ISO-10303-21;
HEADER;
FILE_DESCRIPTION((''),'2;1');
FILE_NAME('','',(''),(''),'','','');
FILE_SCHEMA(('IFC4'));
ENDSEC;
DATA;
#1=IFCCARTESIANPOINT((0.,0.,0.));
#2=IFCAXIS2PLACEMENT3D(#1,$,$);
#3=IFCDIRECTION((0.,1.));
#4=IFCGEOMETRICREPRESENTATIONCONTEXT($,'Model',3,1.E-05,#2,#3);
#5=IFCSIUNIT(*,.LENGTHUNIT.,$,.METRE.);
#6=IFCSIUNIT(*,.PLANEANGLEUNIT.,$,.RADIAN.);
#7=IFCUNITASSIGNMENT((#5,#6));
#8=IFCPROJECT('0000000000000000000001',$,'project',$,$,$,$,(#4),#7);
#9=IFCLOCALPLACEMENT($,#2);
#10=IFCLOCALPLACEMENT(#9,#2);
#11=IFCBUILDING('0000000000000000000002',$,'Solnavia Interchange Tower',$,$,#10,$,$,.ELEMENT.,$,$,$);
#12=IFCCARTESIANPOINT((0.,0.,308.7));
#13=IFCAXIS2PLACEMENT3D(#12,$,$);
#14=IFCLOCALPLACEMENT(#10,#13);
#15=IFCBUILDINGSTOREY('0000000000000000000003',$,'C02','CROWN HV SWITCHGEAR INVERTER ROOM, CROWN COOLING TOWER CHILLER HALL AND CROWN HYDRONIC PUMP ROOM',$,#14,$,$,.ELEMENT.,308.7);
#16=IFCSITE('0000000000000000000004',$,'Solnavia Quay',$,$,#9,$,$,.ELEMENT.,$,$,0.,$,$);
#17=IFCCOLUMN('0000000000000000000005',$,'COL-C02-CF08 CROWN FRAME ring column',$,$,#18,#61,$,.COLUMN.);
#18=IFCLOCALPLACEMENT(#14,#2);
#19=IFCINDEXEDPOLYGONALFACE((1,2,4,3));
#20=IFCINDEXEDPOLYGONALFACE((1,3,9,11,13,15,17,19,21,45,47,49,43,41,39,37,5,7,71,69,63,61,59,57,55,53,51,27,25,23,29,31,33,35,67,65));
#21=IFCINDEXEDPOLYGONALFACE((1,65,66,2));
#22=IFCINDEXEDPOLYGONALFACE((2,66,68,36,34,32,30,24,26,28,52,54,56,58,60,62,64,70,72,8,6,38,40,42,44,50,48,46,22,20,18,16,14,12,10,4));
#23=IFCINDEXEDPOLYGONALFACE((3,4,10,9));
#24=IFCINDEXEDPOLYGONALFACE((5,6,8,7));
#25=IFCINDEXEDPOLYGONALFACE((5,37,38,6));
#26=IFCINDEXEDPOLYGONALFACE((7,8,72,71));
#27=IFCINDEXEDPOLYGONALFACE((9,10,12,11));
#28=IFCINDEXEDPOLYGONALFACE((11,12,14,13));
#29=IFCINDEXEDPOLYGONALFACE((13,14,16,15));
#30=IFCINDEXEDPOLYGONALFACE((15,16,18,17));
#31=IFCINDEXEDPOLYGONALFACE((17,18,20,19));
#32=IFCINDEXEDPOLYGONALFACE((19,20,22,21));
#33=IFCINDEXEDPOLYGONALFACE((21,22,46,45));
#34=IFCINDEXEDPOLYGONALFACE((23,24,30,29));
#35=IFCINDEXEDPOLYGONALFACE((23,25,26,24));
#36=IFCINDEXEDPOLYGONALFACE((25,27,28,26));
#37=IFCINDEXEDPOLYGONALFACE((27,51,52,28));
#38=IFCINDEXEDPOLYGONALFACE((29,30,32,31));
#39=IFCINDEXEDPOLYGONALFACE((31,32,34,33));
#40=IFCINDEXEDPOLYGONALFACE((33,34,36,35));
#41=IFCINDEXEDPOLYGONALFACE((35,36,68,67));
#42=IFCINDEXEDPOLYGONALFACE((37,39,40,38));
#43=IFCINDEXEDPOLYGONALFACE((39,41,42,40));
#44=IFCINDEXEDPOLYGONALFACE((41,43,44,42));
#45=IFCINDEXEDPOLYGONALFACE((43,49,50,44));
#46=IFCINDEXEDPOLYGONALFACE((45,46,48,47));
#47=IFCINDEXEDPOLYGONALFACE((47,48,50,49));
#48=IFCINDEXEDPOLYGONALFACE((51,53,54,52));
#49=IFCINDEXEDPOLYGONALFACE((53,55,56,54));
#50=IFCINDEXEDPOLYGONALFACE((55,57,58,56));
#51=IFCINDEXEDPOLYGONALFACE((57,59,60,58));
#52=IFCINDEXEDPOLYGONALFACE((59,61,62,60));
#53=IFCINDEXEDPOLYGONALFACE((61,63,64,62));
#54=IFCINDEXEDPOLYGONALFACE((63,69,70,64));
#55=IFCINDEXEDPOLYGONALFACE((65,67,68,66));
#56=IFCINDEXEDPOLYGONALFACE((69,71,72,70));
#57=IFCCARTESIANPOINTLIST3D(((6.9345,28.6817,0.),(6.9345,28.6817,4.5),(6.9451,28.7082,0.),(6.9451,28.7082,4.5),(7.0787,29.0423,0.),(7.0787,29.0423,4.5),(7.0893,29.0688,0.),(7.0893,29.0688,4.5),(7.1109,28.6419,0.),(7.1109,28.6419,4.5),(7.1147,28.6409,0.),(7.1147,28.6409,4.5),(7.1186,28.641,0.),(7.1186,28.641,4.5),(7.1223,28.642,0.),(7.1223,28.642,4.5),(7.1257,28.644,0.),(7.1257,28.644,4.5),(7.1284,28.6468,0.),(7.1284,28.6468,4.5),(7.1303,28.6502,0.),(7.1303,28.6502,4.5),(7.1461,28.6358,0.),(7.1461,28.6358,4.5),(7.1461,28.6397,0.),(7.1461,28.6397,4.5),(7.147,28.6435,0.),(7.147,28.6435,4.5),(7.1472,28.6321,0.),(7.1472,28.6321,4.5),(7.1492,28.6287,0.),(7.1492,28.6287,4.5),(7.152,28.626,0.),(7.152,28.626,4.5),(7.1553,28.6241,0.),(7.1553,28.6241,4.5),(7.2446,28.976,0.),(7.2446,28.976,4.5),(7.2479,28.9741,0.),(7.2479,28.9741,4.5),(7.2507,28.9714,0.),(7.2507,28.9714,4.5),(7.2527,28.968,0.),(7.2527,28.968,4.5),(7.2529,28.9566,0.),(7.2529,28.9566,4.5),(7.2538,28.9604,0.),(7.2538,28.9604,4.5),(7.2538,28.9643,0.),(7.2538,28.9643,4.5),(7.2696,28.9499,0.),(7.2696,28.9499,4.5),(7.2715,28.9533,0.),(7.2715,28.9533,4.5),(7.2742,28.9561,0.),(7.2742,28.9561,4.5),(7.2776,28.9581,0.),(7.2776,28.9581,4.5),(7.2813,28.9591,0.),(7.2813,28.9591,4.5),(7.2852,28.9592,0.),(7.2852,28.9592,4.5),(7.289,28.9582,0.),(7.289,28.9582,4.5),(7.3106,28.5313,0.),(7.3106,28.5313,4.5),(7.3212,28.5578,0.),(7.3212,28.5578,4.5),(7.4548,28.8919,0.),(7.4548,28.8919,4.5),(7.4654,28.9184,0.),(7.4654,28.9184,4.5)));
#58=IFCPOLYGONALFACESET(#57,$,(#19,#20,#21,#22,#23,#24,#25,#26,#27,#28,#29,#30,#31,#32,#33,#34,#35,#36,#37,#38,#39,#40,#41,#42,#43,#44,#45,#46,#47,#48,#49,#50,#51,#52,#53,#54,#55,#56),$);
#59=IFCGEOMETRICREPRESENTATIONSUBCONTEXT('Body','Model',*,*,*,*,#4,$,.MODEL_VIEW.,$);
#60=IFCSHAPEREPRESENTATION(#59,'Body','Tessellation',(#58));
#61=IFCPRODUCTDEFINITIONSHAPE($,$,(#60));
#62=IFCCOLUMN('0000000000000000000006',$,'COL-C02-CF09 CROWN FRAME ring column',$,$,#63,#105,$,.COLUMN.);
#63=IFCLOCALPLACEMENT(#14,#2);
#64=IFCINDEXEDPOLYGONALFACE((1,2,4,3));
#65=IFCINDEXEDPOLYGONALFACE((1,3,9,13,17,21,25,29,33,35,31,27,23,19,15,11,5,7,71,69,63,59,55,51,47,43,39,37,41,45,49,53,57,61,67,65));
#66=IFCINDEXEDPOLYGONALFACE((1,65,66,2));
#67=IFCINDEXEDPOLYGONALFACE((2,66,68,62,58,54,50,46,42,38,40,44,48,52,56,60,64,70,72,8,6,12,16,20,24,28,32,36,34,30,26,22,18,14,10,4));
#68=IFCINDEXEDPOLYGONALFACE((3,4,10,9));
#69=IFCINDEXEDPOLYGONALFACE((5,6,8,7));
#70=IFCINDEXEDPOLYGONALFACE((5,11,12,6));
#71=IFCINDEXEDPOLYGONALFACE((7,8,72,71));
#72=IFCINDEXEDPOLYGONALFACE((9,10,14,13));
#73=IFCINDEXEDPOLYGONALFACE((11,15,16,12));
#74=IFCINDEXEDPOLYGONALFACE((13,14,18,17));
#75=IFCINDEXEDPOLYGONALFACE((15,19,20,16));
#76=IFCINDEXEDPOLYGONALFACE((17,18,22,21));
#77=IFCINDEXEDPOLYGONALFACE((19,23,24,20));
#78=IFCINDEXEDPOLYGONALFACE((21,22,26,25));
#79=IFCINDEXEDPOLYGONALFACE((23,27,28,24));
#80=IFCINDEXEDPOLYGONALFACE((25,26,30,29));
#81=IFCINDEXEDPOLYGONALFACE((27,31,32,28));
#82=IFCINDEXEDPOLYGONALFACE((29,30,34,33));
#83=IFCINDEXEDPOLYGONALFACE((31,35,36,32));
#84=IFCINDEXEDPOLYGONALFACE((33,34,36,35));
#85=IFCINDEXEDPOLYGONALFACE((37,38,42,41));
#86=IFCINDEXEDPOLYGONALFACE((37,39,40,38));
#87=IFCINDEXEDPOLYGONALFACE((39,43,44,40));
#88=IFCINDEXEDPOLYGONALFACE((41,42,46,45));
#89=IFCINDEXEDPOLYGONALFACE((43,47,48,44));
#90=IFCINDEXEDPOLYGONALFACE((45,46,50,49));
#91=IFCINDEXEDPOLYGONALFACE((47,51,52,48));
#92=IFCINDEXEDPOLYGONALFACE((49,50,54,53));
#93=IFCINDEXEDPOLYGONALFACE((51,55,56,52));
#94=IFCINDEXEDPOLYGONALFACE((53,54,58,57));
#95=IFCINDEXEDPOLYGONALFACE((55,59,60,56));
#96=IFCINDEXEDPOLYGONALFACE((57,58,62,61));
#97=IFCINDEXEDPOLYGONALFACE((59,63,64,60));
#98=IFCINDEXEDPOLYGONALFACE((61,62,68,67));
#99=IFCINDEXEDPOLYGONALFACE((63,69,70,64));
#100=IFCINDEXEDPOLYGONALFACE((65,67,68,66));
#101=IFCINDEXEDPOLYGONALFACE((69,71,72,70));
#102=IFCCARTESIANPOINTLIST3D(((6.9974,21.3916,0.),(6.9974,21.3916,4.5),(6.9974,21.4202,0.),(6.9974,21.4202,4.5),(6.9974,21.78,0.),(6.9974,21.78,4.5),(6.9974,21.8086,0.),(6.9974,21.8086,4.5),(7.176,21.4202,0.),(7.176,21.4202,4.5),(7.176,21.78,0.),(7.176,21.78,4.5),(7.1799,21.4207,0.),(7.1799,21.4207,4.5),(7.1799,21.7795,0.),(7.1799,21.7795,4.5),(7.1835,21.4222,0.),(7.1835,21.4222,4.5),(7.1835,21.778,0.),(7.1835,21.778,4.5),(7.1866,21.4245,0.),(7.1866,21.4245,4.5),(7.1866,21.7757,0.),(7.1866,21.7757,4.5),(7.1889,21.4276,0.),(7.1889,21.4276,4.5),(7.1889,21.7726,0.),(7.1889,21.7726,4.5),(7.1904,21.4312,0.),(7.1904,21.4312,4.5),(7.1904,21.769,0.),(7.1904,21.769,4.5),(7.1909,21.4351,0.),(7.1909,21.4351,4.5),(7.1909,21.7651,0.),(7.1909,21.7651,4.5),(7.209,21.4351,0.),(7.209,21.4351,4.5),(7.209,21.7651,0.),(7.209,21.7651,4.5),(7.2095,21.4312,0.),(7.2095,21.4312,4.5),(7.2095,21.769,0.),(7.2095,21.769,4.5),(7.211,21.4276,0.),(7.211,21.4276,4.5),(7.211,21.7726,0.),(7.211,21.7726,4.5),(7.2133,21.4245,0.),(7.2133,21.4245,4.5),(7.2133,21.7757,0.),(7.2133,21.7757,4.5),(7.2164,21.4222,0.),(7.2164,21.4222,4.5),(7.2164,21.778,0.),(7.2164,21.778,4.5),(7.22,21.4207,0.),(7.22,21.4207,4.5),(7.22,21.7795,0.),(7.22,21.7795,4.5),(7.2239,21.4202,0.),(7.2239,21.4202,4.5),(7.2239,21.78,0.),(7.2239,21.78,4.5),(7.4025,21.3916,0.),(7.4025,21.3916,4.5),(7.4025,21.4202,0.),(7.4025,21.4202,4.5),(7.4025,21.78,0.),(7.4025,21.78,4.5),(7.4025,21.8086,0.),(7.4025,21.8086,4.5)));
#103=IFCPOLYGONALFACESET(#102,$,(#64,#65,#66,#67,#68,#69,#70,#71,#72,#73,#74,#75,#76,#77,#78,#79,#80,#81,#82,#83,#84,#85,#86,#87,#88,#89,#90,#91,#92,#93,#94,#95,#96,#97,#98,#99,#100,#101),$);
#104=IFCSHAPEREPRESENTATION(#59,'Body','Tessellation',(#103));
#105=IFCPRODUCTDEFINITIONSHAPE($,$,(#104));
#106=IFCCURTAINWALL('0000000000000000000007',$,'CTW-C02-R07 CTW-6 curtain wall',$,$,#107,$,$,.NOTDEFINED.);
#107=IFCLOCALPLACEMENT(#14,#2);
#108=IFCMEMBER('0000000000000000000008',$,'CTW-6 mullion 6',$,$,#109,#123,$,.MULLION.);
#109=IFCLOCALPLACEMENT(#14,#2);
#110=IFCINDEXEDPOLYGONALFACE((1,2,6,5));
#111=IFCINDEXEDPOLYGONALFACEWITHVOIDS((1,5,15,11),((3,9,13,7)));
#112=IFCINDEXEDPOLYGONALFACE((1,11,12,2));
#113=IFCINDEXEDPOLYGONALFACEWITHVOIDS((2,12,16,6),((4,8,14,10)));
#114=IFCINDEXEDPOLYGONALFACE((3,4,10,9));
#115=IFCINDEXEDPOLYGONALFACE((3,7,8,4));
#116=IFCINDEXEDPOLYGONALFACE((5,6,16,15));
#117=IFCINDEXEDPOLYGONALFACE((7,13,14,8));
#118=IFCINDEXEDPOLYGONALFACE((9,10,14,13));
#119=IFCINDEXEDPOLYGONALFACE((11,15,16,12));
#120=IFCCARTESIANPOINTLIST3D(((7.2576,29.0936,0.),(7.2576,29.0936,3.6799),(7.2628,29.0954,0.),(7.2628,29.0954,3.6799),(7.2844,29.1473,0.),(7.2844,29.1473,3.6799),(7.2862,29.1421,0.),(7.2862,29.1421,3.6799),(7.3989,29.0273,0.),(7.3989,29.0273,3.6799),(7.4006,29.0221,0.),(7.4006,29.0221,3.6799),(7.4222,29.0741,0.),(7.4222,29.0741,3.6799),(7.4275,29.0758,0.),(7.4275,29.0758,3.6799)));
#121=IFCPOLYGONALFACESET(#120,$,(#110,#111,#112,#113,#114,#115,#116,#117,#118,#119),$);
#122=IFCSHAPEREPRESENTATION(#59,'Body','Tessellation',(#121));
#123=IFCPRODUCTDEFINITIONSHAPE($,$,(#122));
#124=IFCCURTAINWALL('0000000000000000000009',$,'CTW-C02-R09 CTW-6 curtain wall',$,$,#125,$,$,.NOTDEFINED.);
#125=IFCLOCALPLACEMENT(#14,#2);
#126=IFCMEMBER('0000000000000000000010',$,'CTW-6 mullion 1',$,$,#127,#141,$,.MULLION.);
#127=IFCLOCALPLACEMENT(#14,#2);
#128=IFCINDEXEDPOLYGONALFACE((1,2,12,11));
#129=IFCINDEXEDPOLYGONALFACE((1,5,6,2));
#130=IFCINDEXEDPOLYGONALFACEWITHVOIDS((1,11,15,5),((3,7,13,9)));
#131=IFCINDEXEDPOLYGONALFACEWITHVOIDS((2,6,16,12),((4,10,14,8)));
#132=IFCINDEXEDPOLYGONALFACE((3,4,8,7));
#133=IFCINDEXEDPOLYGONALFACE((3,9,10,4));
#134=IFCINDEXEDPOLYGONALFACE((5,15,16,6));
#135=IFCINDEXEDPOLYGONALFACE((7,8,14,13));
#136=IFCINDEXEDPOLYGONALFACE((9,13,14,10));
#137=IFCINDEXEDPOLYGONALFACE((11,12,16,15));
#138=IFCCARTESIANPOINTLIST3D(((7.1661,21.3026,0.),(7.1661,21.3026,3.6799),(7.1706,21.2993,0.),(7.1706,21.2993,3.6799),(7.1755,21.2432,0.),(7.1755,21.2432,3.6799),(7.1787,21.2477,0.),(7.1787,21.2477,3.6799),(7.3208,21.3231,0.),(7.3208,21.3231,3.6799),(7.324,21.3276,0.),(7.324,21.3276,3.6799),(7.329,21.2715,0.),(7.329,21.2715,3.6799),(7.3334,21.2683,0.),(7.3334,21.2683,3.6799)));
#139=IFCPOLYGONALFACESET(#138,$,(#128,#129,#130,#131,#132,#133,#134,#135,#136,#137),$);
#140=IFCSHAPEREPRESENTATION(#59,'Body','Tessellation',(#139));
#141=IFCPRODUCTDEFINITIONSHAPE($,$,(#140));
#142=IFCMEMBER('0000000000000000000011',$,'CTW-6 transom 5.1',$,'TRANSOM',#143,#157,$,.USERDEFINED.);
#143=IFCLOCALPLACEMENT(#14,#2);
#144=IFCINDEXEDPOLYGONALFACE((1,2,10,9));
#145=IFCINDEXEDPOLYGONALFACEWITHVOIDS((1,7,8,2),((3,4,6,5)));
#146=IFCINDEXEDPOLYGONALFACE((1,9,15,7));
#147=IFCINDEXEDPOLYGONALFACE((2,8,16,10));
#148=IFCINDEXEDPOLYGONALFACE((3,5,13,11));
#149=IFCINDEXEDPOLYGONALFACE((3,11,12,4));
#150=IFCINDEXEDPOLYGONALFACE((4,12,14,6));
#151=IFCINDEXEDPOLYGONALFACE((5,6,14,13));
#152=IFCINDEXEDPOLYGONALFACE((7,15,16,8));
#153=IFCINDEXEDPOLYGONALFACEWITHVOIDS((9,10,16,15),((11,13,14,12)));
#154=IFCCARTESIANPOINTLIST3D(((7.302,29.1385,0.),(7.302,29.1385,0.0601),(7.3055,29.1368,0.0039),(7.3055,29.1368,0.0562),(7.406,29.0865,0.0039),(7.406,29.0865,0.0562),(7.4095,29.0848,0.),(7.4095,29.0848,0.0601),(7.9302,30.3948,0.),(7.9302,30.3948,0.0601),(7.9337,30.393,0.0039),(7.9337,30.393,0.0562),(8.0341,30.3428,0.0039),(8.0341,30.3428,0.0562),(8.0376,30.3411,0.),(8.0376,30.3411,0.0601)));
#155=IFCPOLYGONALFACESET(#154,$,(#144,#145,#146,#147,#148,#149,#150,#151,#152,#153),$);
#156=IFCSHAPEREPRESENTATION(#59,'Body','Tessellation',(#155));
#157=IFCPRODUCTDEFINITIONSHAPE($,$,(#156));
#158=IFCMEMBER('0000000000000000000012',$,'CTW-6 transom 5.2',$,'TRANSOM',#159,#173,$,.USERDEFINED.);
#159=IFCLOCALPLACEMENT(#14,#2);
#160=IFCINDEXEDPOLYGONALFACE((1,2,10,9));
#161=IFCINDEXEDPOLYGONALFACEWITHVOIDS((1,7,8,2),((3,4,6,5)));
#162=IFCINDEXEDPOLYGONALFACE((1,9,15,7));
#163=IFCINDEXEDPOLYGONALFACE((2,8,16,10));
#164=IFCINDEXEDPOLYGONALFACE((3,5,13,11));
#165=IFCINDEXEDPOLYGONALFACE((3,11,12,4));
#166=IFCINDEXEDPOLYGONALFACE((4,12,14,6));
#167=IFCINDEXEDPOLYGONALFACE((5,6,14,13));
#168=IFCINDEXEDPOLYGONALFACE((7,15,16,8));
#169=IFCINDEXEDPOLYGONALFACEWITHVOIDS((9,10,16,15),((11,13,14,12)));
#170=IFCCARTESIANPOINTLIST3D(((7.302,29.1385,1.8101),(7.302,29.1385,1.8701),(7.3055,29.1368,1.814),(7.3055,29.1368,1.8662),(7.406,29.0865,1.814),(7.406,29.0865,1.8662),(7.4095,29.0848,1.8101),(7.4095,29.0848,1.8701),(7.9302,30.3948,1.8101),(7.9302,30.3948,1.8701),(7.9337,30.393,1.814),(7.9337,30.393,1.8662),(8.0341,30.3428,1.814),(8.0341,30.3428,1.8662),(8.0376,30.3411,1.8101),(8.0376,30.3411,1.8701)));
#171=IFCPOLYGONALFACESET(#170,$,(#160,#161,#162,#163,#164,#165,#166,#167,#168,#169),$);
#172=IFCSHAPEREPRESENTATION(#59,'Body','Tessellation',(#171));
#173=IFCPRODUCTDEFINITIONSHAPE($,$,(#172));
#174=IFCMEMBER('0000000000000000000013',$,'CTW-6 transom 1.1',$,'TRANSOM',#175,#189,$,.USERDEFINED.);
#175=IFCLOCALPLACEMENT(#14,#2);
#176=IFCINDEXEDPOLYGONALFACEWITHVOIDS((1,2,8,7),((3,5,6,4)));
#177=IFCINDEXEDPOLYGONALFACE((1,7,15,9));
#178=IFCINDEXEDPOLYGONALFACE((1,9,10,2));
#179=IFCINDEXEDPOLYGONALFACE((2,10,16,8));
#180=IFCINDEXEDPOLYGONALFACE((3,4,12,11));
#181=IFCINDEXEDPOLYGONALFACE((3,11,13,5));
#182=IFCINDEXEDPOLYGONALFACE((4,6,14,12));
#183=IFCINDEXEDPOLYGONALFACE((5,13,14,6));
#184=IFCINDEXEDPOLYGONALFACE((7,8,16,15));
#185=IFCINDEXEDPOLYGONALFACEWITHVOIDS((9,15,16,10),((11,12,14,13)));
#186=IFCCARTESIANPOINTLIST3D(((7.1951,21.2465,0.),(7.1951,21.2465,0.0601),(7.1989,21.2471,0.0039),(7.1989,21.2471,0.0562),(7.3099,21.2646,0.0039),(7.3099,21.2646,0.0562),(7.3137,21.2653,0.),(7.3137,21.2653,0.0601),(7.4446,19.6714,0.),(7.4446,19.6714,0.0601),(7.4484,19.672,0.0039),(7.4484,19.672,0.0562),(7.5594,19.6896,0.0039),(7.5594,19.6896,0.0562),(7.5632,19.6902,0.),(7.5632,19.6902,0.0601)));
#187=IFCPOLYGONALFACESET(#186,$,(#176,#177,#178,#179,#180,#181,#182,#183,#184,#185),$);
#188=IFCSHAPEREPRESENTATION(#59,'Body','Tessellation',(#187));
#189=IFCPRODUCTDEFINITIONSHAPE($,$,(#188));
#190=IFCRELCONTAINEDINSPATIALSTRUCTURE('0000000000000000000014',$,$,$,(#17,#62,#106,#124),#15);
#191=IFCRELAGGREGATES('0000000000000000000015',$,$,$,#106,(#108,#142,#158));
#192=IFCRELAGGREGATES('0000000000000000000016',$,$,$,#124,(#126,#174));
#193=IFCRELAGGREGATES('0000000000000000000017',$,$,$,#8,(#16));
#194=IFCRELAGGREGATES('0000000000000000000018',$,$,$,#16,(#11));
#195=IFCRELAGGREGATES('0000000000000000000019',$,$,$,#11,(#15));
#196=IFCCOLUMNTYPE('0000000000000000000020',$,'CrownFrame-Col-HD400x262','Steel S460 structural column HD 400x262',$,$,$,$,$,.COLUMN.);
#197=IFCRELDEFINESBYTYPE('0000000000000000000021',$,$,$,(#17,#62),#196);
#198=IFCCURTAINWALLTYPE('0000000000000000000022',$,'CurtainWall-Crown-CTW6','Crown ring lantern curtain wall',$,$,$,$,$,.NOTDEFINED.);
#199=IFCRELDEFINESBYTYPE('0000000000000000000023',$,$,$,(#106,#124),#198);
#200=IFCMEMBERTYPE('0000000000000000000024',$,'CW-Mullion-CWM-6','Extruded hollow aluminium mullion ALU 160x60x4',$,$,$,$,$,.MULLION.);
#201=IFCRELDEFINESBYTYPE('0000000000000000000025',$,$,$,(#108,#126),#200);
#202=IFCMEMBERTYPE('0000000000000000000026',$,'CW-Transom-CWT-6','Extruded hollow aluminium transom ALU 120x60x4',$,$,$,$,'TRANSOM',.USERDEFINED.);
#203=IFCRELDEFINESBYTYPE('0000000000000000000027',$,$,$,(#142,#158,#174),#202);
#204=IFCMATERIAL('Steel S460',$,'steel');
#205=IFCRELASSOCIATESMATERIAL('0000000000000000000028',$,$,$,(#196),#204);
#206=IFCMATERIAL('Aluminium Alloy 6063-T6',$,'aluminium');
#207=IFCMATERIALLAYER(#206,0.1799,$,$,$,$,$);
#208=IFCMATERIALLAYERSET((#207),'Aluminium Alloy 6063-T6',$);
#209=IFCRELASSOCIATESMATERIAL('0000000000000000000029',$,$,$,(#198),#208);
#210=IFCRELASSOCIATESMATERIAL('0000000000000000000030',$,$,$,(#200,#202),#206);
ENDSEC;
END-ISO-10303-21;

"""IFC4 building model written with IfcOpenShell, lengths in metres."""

from ifc_helpers import new_model, si_unit, direction, frame, origin, origin_2d, place, context, subcontext, project, spatial, hollow_rectangle, i_section, extrude, material, layer, layer_set, material_profile, profile_set, type_object, element, aggregate, save


model = new_model("IFC4")

# Units and contexts
model_context = context("Model", 3, precision=1e-05, world=origin(), true_north=direction((0.0, 1.0)))
body_context = subcontext(model_context, "Body", "Model", "MODEL_VIEW")
ifc_project = project(units=[si_unit("LENGTHUNIT", "METRE"), si_unit("PLANEANGLEUNIT", "RADIAN")], contexts=[model_context])

# Site, building, storey
site_placement = place(None, origin())
site = spatial("IfcSite", under=ifc_project, at=site_placement, Name="Solnavia Quay", CompositionType="ELEMENT", RefElevation=0.0)
building_placement = place(site_placement, origin())
building = spatial("IfcBuilding", under=site, at=building_placement, Name="Solnavia Interchange Tower", CompositionType="ELEMENT")
storey_placement = place(building_placement, frame((0.0, 0.0, 308.7)))
storey = spatial("IfcBuildingStorey", under=building, at=storey_placement, Name="C02", Description="CROWN HV SWITCHGEAR INVERTER ROOM, CROWN COOLING TOWER CHILLER HALL AND CROWN HYDRONIC PUMP ROOM", CompositionType="ELEMENT", Elevation=308.7)

# Columns
ifc_material_1 = material(Name="Steel S460", Category="steel")
ifc_material_profile_1 = material_profile(ifc_material_1, i_section(OverallWidth=0.405, OverallDepth=0.417, WebThickness=0.0181, FlangeThickness=0.0286, FilletRadius=0.0149, at=origin_2d()), Name="HD 400x262")
ifc_profile_set_1 = profile_set([ifc_material_profile_1], Name="Steel S460")
column_type = type_object("IfcColumnType", Name="CrownFrame-Col-HD400x262", Description="Steel S460 structural column HD 400x262", PredefinedType="COLUMN", material=ifc_profile_set_1)
for number, where, z_axis, x_axis, name in (
    (1, (7.2, 28.8, 0.0), (0.0, 0.0, 1.0), (-0.928486, 0.371368, 0.0), "COL-C02-CF08 CROWN FRAME ring column"),
    (2, (7.2, 21.6001, 0.0), (0.0, 0.0, 1.0), (-1.0, 0.0, 0.0), "COL-C02-CF09 CROWN FRAME ring column"),
):
    element("IfcColumn", number, at=place(storey_placement, frame(where, z_axis=z_axis, x_axis=x_axis)), inside=storey, type_object=column_type, Name=name, PredefinedType="COLUMN", context=body_context, shape_type="SweptSolid", body=[
        extrude(i_section(OverallWidth=0.405, OverallDepth=0.417, WebThickness=0.0181, FlangeThickness=0.0286, FilletRadius=0.0149, at=origin_2d()), origin(), (0.0, 0.0, 1.0), 4.5),
    ])

# Curtain walls, members
ifc_material_2 = material(Name="Aluminium Alloy 6063-T6", Category="aluminium")
ifc_layer_1 = layer(ifc_material_2, 0.1799)
ifc_layer_set_1 = layer_set([ifc_layer_1], Name="Aluminium Alloy 6063-T6")
curtain_wall_type = type_object("IfcCurtainWallType", Name="CurtainWall-Crown-CTW6", Description="Crown ring lantern curtain wall", PredefinedType="NOTDEFINED", material=ifc_layer_set_1)
curtain_wall_1_placement = place(storey_placement, origin())
curtain_wall_1 = element("IfcCurtainWall", 3, at=curtain_wall_1_placement, inside=storey, type_object=curtain_wall_type, Name="CTW-C02-R07 CTW-6 curtain wall", PredefinedType="NOTDEFINED")
ifc_material_profile_2 = material_profile(ifc_material_2, hollow_rectangle(XDim=0.0601, YDim=0.1599, WallThickness=0.0039, at=origin_2d()), Name="ALU 160x60x4")
ifc_profile_set_2 = profile_set([ifc_material_profile_2], Name="Aluminium Alloy 6063-T6")
member_type_1 = type_object("IfcMemberType", Name="CW-Mullion-CWM-6", Description="Extruded hollow aluminium mullion ALU 160x60x4", PredefinedType="MULLION", material=ifc_profile_set_2)
member_1_placement = place(storey_placement, frame((7.3425, 29.0847, 0.0), z_axis=(0.0, 0.0, 1.0), x_axis=(-0.447214, -0.894427, 0.0)))
member_1 = element("IfcMember", 4, at=member_1_placement, type_object=member_type_1, Name="CTW-6 mullion 6", PredefinedType="MULLION", context=body_context, shape_type="SweptSolid", body=[
    extrude(hollow_rectangle(XDim=0.0601, YDim=0.1599, WallThickness=0.0039, at=origin_2d()), origin(), (0.0, 0.0, 1.0), 3.6799),
])
curtain_wall_2_placement = place(storey_placement, origin())
curtain_wall_2 = element("IfcCurtainWall", 5, at=curtain_wall_2_placement, inside=storey, type_object=curtain_wall_type, Name="CTW-C02-R09 CTW-6 curtain wall", PredefinedType="NOTDEFINED")
member_2_placement = place(storey_placement, frame((7.2498, 21.2854, 0.0), z_axis=(0.0, 0.0, 1.0), x_axis=(0.156456, -0.987685, 0.0)))
member_2 = element("IfcMember", 6, at=member_2_placement, type_object=member_type_1, Name="CTW-6 mullion 1", PredefinedType="MULLION", context=body_context, shape_type="SweptSolid", body=[
    extrude(hollow_rectangle(XDim=0.0601, YDim=0.1599, WallThickness=0.0039, at=origin_2d()), origin(), (0.0, 0.0, 1.0), 3.6799),
])

# Members
ifc_material_profile_3 = material_profile(ifc_material_2, hollow_rectangle(XDim=0.0601, YDim=0.1201, WallThickness=0.0039, at=origin_2d()), Name="ALU 120x60x4")
ifc_profile_set_3 = profile_set([ifc_material_profile_3], Name="Aluminium Alloy 6063-T6")
member_type_2 = type_object("IfcMemberType", Name="CW-Transom-CWT-6", Description="Extruded hollow aluminium transom ALU 120x60x4", ElementType="TRANSOM", PredefinedType="USERDEFINED", material=ifc_profile_set_3)
member_3_placement = place(storey_placement, frame((7.9839, 30.3679, 0.03), z_axis=(-0.447214, -0.894427, 0.0), x_axis=(0.0, 0.0, 1.0)))
member_3 = element("IfcMember", 7, at=member_3_placement, type_object=member_type_2, Name="CTW-6 transom 5.1", ObjectType="TRANSOM", PredefinedType="USERDEFINED", context=body_context, shape_type="SweptSolid", body=[
    extrude(hollow_rectangle(XDim=0.0601, YDim=0.1201, WallThickness=0.0039, at=origin_2d()), origin(), (0.0, 0.0, 1.0), 1.4045),
])
member_4_placement = place(storey_placement, frame((7.9839, 30.3679, 1.8401), z_axis=(-0.447214, -0.894427, 0.0), x_axis=(0.0, 0.0, 1.0)))
member_4 = element("IfcMember", 8, at=member_4_placement, type_object=member_type_2, Name="CTW-6 transom 5.2", ObjectType="TRANSOM", PredefinedType="USERDEFINED", context=body_context, shape_type="SweptSolid", body=[
    extrude(hollow_rectangle(XDim=0.0601, YDim=0.1201, WallThickness=0.0039, at=origin_2d()), origin(), (0.0, 0.0, 1.0), 1.4045),
])
member_5_placement = place(storey_placement, frame((7.2544, 21.2559, 0.03), z_axis=(0.15645, -0.987686, 0.0), x_axis=(0.0, 0.0, 1.0)))
member_5 = element("IfcMember", 9, at=member_5_placement, type_object=member_type_2, Name="CTW-6 transom 1.1", ObjectType="TRANSOM", PredefinedType="USERDEFINED", context=body_context, shape_type="SweptSolid", body=[
    extrude(hollow_rectangle(XDim=0.0601, YDim=0.1201, WallThickness=0.0039, at=origin_2d()), origin(), (0.0, 0.0, 1.0), 1.5947),
])

aggregate(curtain_wall_1, [member_1, member_3, member_4])
aggregate(curtain_wall_2, [member_2, member_5])

save(model, "model.ifc")
